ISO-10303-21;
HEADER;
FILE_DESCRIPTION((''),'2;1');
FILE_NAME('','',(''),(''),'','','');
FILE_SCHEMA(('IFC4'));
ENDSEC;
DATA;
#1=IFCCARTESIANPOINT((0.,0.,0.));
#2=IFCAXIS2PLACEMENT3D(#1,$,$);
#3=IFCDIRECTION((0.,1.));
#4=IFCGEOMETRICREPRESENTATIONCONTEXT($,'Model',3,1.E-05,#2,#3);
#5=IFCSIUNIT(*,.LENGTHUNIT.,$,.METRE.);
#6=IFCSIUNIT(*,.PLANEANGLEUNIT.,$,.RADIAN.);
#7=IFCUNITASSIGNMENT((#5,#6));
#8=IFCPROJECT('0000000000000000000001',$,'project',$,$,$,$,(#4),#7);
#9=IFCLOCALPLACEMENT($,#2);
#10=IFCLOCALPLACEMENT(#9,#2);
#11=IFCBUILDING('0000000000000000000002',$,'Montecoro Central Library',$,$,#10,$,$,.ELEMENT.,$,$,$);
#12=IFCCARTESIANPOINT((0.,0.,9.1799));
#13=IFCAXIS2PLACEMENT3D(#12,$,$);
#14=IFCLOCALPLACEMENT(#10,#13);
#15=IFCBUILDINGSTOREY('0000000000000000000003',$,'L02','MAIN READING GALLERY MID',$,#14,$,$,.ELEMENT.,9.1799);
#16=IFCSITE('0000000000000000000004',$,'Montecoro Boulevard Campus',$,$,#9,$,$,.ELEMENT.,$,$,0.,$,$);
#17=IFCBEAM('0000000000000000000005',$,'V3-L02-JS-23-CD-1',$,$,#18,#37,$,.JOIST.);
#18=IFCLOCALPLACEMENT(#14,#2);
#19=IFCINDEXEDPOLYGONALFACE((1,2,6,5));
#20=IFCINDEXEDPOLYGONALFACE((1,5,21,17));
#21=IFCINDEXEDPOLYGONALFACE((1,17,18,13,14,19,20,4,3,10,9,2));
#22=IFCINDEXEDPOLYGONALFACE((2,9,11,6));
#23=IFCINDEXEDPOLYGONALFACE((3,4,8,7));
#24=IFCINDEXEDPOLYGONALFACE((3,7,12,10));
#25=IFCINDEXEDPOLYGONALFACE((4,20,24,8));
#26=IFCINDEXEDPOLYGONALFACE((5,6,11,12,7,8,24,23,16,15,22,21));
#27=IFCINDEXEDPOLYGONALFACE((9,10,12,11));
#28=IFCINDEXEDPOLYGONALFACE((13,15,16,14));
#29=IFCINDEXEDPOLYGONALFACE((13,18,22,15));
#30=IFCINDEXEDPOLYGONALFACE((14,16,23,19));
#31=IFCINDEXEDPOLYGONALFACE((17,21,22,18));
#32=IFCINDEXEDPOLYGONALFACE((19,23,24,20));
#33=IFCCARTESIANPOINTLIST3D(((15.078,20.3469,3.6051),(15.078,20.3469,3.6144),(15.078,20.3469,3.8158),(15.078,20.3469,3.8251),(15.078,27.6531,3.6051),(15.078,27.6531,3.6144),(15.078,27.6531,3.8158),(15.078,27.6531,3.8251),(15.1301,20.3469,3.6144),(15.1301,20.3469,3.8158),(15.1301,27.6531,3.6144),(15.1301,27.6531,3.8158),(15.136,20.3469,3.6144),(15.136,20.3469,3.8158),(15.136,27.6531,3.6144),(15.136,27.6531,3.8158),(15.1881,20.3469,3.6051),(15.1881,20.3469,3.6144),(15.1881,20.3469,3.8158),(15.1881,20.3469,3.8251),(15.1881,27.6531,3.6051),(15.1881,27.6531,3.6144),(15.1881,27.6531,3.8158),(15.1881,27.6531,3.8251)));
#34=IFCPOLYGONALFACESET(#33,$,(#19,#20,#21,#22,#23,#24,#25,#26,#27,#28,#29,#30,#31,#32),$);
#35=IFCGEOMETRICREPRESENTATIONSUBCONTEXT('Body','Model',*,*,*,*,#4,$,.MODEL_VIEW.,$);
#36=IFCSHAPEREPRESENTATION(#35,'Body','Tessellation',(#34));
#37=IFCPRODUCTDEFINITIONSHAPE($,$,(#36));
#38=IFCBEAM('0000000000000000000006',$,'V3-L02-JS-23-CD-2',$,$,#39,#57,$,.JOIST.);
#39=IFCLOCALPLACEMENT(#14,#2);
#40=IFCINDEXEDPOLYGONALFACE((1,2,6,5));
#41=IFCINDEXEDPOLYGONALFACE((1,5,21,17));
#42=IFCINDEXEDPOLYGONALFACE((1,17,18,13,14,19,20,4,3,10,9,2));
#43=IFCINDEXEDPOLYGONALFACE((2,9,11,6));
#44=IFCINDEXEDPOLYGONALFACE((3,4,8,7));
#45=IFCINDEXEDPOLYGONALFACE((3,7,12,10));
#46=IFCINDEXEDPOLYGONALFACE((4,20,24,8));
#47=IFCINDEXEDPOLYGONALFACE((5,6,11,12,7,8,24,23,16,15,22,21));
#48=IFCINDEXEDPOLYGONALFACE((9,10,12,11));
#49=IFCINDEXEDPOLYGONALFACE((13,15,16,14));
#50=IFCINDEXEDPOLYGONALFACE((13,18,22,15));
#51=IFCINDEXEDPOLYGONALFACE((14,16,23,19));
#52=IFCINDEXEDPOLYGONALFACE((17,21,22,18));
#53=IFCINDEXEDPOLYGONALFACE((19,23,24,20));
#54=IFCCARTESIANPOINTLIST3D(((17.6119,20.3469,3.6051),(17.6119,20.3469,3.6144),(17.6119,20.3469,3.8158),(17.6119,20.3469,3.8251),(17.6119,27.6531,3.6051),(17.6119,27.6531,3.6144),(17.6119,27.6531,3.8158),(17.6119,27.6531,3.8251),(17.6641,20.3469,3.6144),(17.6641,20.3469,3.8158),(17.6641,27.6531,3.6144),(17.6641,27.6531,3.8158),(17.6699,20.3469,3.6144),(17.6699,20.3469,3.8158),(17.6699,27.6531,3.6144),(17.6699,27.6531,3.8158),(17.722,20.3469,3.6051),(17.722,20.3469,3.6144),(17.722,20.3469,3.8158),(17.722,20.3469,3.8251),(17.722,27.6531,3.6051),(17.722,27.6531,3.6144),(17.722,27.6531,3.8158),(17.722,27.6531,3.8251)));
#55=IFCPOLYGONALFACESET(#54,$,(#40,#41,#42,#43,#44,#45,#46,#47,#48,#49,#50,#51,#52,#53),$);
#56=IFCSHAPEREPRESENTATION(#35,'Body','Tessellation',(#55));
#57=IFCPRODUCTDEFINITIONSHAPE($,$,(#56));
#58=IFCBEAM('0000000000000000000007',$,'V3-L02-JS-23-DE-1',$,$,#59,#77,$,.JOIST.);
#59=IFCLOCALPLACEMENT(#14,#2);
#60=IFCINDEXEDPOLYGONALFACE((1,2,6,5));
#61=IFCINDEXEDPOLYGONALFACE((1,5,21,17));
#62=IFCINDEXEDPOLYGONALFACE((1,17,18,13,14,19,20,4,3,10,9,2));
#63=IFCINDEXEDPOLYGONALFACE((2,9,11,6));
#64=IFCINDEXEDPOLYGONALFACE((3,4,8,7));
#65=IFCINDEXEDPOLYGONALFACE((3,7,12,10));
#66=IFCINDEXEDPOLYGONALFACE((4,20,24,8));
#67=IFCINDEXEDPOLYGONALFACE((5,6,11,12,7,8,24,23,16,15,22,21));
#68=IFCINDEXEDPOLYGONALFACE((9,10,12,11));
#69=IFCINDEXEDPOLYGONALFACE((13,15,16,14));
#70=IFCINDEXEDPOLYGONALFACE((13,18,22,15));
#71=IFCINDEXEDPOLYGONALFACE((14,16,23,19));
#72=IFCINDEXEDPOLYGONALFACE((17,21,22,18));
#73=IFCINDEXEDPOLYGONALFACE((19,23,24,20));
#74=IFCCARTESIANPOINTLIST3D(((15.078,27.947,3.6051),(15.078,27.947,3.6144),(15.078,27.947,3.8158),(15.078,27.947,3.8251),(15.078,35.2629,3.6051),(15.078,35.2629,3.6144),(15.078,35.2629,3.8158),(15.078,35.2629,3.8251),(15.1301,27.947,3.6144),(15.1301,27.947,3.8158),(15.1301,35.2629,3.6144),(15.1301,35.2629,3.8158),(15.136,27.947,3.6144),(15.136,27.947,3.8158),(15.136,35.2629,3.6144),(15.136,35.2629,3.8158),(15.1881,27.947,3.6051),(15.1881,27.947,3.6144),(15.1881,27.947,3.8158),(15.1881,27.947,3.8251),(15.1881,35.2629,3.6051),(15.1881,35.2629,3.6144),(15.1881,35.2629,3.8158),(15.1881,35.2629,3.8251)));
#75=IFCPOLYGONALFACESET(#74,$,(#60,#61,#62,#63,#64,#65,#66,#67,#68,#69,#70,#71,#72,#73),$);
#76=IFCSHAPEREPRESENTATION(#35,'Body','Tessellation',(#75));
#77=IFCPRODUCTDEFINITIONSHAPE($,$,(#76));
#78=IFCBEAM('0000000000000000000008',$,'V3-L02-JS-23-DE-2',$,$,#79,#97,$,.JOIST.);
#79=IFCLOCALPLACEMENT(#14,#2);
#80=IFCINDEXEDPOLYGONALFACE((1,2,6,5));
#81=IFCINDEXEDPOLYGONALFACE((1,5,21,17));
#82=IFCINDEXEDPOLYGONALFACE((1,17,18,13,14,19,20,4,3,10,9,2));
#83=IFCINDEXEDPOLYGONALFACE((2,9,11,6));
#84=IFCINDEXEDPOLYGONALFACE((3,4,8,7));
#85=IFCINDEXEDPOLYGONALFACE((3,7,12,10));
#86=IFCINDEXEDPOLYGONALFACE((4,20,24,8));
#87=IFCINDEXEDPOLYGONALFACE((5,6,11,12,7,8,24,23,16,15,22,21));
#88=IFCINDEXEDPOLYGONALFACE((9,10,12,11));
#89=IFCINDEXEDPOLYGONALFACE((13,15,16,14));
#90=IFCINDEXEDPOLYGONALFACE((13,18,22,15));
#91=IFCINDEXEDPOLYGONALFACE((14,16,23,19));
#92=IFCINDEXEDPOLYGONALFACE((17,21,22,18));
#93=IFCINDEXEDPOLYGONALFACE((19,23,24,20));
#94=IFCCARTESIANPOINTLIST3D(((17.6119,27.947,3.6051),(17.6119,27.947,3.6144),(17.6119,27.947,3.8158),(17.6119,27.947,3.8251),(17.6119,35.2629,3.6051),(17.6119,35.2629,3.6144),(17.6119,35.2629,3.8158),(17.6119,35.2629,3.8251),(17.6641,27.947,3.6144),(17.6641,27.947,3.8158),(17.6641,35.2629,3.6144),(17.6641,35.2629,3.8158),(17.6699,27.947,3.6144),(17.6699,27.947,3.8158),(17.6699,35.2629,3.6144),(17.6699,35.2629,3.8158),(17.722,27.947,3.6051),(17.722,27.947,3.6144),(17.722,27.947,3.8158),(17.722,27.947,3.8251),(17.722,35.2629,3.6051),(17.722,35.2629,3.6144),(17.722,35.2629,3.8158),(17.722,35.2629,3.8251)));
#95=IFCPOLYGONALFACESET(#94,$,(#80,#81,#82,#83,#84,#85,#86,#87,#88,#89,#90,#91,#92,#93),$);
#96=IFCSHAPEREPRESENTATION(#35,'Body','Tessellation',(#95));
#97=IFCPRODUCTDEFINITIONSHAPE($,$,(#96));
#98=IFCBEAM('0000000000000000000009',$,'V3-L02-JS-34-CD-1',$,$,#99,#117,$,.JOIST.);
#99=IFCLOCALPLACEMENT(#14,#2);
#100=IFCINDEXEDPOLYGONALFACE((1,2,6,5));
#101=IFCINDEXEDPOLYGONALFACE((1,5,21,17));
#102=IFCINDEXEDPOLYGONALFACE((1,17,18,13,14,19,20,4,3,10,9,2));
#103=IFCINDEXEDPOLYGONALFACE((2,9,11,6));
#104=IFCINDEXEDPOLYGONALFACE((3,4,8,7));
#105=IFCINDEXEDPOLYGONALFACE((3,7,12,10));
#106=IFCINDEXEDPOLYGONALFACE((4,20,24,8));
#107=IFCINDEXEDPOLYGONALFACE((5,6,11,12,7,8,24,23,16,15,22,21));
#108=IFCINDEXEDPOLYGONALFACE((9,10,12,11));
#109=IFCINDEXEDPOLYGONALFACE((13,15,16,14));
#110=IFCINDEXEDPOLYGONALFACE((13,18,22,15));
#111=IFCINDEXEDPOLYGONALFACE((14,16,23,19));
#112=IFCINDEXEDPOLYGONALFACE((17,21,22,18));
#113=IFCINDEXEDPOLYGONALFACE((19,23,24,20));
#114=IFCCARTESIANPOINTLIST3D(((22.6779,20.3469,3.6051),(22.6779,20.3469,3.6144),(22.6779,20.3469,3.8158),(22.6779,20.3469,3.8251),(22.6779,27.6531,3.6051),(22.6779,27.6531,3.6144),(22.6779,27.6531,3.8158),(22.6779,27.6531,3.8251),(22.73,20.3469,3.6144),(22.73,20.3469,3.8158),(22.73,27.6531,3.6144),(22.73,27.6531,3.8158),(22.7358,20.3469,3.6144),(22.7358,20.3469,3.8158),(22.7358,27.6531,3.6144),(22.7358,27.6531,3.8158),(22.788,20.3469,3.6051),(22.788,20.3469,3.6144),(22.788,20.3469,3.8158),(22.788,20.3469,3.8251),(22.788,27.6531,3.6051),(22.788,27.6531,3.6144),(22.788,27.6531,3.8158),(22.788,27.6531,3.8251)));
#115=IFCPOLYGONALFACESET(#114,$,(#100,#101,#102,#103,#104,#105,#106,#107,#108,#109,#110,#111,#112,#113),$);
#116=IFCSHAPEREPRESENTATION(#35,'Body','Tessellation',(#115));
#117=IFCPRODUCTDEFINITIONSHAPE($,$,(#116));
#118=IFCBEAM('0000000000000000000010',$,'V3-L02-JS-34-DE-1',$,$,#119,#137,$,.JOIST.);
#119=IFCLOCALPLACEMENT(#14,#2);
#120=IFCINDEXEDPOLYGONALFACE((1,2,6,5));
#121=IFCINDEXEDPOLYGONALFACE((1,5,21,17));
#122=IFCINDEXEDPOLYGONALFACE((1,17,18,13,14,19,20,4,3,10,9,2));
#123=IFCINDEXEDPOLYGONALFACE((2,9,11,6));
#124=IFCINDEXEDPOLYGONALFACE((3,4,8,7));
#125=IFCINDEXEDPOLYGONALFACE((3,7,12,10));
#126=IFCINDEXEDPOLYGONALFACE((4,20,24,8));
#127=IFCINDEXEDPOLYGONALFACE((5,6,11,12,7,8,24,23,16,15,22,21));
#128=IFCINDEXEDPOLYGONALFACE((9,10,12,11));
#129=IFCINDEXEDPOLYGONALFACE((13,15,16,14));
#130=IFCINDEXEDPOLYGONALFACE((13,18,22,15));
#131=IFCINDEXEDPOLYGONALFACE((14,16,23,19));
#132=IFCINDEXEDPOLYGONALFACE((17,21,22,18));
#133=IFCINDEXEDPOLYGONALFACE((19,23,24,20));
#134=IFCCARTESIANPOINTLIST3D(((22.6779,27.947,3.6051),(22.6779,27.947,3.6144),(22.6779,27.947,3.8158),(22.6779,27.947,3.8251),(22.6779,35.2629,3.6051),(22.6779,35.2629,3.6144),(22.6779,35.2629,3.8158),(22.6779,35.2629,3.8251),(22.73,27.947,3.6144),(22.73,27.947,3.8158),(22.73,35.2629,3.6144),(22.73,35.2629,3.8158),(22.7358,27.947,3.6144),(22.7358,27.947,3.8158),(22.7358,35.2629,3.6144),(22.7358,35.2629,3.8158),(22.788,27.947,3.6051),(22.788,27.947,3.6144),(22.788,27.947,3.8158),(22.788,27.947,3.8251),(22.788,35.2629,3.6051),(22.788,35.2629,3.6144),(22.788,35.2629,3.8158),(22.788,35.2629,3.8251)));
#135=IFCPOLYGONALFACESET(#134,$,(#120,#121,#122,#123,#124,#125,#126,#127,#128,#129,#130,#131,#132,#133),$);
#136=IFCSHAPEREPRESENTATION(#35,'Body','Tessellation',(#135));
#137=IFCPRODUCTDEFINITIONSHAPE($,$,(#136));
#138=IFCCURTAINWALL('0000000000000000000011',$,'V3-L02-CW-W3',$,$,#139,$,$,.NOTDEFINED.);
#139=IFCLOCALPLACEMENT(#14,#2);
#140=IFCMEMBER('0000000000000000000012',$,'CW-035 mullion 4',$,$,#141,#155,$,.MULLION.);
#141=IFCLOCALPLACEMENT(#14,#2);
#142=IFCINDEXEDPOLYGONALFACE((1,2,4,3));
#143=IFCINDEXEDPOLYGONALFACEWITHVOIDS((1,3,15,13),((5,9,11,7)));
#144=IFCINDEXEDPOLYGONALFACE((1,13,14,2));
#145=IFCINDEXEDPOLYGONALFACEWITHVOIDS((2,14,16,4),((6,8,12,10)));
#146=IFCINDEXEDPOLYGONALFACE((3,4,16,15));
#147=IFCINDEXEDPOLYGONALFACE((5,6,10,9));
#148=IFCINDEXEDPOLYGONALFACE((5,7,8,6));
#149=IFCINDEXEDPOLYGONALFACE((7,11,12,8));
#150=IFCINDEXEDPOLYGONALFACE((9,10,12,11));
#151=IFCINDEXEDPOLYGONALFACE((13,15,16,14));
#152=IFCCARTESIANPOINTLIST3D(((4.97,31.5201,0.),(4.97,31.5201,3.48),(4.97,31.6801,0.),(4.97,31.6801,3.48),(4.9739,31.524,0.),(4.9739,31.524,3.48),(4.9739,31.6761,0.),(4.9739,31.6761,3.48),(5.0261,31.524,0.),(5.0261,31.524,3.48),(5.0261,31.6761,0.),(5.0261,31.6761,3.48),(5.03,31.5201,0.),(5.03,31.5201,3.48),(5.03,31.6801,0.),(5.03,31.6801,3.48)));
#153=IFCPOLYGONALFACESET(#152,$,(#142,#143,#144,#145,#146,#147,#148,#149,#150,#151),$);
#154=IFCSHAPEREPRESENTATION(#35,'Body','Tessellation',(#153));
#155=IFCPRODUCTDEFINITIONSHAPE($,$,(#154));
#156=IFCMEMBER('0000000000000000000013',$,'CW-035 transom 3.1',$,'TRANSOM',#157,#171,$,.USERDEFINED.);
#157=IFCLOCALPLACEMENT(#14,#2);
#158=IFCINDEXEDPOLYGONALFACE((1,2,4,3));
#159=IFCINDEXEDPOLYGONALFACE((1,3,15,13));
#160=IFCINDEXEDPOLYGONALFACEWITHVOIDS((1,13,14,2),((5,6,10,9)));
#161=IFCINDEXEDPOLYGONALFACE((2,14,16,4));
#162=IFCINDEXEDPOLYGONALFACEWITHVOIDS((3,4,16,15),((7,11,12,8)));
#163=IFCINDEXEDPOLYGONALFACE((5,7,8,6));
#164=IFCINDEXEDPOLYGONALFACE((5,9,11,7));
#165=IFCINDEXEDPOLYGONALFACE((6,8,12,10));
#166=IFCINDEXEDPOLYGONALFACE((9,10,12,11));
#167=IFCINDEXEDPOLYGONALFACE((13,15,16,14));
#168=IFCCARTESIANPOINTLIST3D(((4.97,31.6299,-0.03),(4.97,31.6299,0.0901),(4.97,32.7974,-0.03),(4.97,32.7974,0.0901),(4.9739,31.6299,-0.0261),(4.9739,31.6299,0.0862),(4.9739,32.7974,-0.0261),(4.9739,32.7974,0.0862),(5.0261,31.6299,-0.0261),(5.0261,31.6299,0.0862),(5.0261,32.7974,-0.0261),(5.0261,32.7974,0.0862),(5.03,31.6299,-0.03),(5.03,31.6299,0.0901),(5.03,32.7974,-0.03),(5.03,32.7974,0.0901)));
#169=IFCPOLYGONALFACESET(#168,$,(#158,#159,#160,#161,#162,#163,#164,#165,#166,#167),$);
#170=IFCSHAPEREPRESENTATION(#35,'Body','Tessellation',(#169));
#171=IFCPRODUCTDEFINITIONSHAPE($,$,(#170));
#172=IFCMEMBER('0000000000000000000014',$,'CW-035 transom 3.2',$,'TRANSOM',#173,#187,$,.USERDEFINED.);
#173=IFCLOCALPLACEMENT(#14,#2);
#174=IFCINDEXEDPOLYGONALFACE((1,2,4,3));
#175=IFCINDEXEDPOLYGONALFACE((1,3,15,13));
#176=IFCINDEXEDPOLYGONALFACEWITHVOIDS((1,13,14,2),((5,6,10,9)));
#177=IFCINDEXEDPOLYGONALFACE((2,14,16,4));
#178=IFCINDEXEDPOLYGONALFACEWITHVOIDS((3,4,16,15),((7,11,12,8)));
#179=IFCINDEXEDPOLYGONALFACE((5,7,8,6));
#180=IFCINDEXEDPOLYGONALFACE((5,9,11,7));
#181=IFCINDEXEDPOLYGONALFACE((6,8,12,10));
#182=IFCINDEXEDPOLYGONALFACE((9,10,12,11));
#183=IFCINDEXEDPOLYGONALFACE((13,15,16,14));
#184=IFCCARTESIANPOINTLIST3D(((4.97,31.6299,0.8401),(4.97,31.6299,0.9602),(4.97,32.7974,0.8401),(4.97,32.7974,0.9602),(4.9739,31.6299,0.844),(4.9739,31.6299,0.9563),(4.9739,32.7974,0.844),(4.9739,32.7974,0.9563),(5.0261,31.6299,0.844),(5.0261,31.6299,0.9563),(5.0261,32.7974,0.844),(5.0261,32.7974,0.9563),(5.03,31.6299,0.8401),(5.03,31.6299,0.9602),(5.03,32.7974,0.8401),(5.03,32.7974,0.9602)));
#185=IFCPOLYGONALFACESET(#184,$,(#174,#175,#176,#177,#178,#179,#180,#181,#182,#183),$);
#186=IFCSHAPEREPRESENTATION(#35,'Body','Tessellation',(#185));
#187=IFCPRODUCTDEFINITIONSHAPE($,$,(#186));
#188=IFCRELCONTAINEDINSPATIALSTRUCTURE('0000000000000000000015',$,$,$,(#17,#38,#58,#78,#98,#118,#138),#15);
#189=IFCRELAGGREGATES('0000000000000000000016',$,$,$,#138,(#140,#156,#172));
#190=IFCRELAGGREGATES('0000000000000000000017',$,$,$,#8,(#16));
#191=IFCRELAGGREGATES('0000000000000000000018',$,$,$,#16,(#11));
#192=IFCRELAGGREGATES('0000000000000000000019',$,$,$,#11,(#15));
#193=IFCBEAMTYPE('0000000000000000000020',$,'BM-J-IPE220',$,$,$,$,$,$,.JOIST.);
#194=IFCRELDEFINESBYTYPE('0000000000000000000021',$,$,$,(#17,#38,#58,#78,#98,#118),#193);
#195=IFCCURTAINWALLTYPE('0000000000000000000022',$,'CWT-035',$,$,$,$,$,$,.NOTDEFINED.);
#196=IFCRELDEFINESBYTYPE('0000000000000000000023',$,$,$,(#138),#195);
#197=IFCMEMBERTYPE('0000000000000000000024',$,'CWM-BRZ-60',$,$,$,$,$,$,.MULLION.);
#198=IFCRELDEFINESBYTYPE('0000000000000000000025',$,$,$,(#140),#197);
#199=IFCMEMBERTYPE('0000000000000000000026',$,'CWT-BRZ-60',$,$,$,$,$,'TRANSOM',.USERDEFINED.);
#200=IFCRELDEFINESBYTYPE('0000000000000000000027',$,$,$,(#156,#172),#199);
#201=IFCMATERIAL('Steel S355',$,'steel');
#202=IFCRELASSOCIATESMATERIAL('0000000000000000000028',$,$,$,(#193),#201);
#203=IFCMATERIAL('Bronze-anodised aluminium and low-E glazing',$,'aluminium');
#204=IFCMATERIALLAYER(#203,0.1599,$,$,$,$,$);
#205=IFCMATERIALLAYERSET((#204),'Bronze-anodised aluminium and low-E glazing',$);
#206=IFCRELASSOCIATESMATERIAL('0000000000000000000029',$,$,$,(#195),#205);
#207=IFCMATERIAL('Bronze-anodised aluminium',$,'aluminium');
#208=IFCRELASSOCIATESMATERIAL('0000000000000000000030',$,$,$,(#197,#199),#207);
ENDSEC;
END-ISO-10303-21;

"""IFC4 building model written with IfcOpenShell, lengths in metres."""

from ifc_helpers import new_model, si_unit, direction, frame, origin, origin_2d, place, context, subcontext, project, spatial, hollow_rectangle, i_section, extrude, material, layer, layer_set, material_profile, profile_set, type_object, element, aggregate, save


model = new_model("IFC4")

# Units and contexts
model_context = context("Model", 3, precision=1e-05, world=origin(), true_north=direction((0.0, 1.0)))
body_context = subcontext(model_context, "Body", "Model", "MODEL_VIEW")
ifc_project = project(units=[si_unit("LENGTHUNIT", "METRE"), si_unit("PLANEANGLEUNIT", "RADIAN")], contexts=[model_context])

# Site, building, storey
site_placement = place(None, origin())
site = spatial("IfcSite", under=ifc_project, at=site_placement, Name="Montecoro Boulevard Campus", CompositionType="ELEMENT", RefElevation=0.0)
building_placement = place(site_placement, origin())
building = spatial("IfcBuilding", under=site, at=building_placement, Name="Montecoro Central Library", CompositionType="ELEMENT")
storey_placement = place(building_placement, frame((0.0, 0.0, 9.1799)))
storey = spatial("IfcBuildingStorey", under=building, at=storey_placement, Name="L02", Description="MAIN READING GALLERY MID", CompositionType="ELEMENT", Elevation=9.1799)

# Shared definitions
ifc_material_1 = material(Name="Steel S355", Category="steel")

# Beams
ifc_material_profile_1 = material_profile(ifc_material_1, i_section(OverallWidth=0.1101, OverallDepth=0.22, WebThickness=0.0059, FlangeThickness=0.0093, at=origin_2d()), Name="IPE 220")
ifc_profile_set_1 = profile_set([ifc_material_profile_1], Name="Steel S355")
beam_type_1 = type_object("IfcBeamType", Name="BM-J-IPE220", PredefinedType="JOIST", material=ifc_profile_set_1)
for number, where, z_axis, x_axis, name in (
    (1, (15.1331, 20.3469, 3.7151), (0.0, 1.0, 0.0), (-1.0, 0.0, 0.0), "V3-L02-JS-23-CD-1"),
    (2, (17.667, 20.3469, 3.7151), (0.0, 1.0, 0.0), (-1.0, 0.0, 0.0), "V3-L02-JS-23-CD-2"),
):
    element("IfcBeam", number, at=place(storey_placement, frame(where, z_axis=z_axis, x_axis=x_axis)), inside=storey, type_object=beam_type_1, Name=name, PredefinedType="JOIST", context=body_context, shape_type="SweptSolid", body=[
        extrude(i_section(OverallWidth=0.1101, OverallDepth=0.22, WebThickness=0.0059, FlangeThickness=0.0093, at=origin_2d()), origin(), (0.0, 0.0, 1.0), 7.3062),
    ])
for number, where, z_axis, x_axis, name in (
    (3, (15.1331, 27.947, 3.7151), (0.0, 1.0, 0.0), (-1.0, 0.0, 0.0), "V3-L02-JS-23-DE-1"),
    (4, (17.667, 27.947, 3.7151), (0.0, 1.0, 0.0), (-1.0, 0.0, 0.0), "V3-L02-JS-23-DE-2"),
):
    element("IfcBeam", number, at=place(storey_placement, frame(where, z_axis=z_axis, x_axis=x_axis)), inside=storey, type_object=beam_type_1, Name=name, PredefinedType="JOIST", context=body_context, shape_type="SweptSolid", body=[
        extrude(i_section(OverallWidth=0.1101, OverallDepth=0.22, WebThickness=0.0059, FlangeThickness=0.0093, at=origin_2d()), origin(), (0.0, 0.0, 1.0), 7.3159),
    ])
beam_1_placement = place(storey_placement, frame((22.7329, 20.3469, 3.7151), z_axis=(0.0, 1.0, 0.0), x_axis=(-1.0, 0.0, 0.0)))
element("IfcBeam", 5, at=beam_1_placement, inside=storey, type_object=beam_type_1, Name="V3-L02-JS-34-CD-1", PredefinedType="JOIST", context=body_context, shape_type="SweptSolid", body=[
    extrude(i_section(OverallWidth=0.1101, OverallDepth=0.22, WebThickness=0.0059, FlangeThickness=0.0093, at=origin_2d()), origin(), (0.0, 0.0, 1.0), 7.3062),
])
beam_2_placement = place(storey_placement, frame((22.7329, 27.947, 3.7151), z_axis=(0.0, 1.0, 0.0), x_axis=(-1.0, 0.0, 0.0)))
element("IfcBeam", 6, at=beam_2_placement, inside=storey, type_object=beam_type_1, Name="V3-L02-JS-34-DE-1", PredefinedType="JOIST", context=body_context, shape_type="SweptSolid", body=[
    extrude(i_section(OverallWidth=0.1101, OverallDepth=0.22, WebThickness=0.0059, FlangeThickness=0.0093, at=origin_2d()), origin(), (0.0, 0.0, 1.0), 7.3159),
])

# Curtain wall, members
ifc_material_2 = material(Name="Bronze-anodised aluminium and low-E glazing", Category="aluminium")
ifc_layer_1 = layer(ifc_material_2, 0.1599)
ifc_layer_set_1 = layer_set([ifc_layer_1], Name="Bronze-anodised aluminium and low-E glazing")
curtain_wall_type = type_object("IfcCurtainWallType", Name="CWT-035", PredefinedType="NOTDEFINED", material=ifc_layer_set_1)
curtain_wall_placement = place(storey_placement, origin())
curtain_wall = element("IfcCurtainWall", 7, at=curtain_wall_placement, inside=storey, type_object=curtain_wall_type, Name="V3-L02-CW-W3", PredefinedType="NOTDEFINED")
ifc_material_3 = material(Name="Bronze-anodised aluminium", Category="aluminium")
ifc_material_profile_2 = material_profile(ifc_material_3, hollow_rectangle(XDim=0.0601, YDim=0.1599, WallThickness=0.0039, at=origin_2d()), Name="CWM 160x60x4.0")
ifc_profile_set_2 = profile_set([ifc_material_profile_2], Name="Bronze-anodised aluminium")
member_type_1 = type_object("IfcMemberType", Name="CWM-BRZ-60", PredefinedType="MULLION", material=ifc_profile_set_2)
member_1_placement = place(storey_placement, frame((5.0, 31.6001, 0.0), z_axis=(0.0, 0.0, 1.0), x_axis=(1.0, 0.0, 0.0)))
member_1 = element("IfcMember", 8, at=member_1_placement, type_object=member_type_1, Name="CW-035 mullion 4", PredefinedType="MULLION", context=body_context, shape_type="SweptSolid", body=[
    extrude(hollow_rectangle(XDim=0.0601, YDim=0.1599, WallThickness=0.0039, at=origin_2d()), origin(), (0.0, 0.0, 1.0), 3.48),
])
ifc_material_profile_3 = material_profile(ifc_material_3, hollow_rectangle(XDim=0.0601, YDim=0.1201, WallThickness=0.0039, at=origin_2d()), Name="CWT 120x60x4.0")
ifc_profile_set_3 = profile_set([ifc_material_profile_3], Name="Bronze-anodised aluminium")
member_type_2 = type_object("IfcMemberType", Name="CWT-BRZ-60", ElementType="TRANSOM", PredefinedType="USERDEFINED", material=ifc_profile_set_3)
member_2_placement = place(storey_placement, frame((5.0, 32.7974, 0.03), z_axis=(0.0, -1.0, 0.0), x_axis=(1.0, 0.0, 0.0)))
member_2 = element("IfcMember", 9, at=member_2_placement, type_object=member_type_2, Name="CW-035 transom 3.1", ObjectType="TRANSOM", PredefinedType="USERDEFINED", context=body_context, shape_type="SweptSolid", body=[
    extrude(hollow_rectangle(XDim=0.0601, YDim=0.1201, WallThickness=0.0039, at=origin_2d()), origin(), (0.0, 0.0, 1.0), 1.1675),
])
member_3_placement = place(storey_placement, frame((5.0, 32.7974, 0.9001), z_axis=(0.0, -1.0, 0.0), x_axis=(1.0, 0.0, 0.0)))
member_3 = element("IfcMember", 10, at=member_3_placement, type_object=member_type_2, Name="CW-035 transom 3.2", ObjectType="TRANSOM", PredefinedType="USERDEFINED", context=body_context, shape_type="SweptSolid", body=[
    extrude(hollow_rectangle(XDim=0.0601, YDim=0.1201, WallThickness=0.0039, at=origin_2d()), origin(), (0.0, 0.0, 1.0), 1.1675),
])
aggregate(curtain_wall, [member_1, member_2, member_3])

save(model, "model.ifc")
